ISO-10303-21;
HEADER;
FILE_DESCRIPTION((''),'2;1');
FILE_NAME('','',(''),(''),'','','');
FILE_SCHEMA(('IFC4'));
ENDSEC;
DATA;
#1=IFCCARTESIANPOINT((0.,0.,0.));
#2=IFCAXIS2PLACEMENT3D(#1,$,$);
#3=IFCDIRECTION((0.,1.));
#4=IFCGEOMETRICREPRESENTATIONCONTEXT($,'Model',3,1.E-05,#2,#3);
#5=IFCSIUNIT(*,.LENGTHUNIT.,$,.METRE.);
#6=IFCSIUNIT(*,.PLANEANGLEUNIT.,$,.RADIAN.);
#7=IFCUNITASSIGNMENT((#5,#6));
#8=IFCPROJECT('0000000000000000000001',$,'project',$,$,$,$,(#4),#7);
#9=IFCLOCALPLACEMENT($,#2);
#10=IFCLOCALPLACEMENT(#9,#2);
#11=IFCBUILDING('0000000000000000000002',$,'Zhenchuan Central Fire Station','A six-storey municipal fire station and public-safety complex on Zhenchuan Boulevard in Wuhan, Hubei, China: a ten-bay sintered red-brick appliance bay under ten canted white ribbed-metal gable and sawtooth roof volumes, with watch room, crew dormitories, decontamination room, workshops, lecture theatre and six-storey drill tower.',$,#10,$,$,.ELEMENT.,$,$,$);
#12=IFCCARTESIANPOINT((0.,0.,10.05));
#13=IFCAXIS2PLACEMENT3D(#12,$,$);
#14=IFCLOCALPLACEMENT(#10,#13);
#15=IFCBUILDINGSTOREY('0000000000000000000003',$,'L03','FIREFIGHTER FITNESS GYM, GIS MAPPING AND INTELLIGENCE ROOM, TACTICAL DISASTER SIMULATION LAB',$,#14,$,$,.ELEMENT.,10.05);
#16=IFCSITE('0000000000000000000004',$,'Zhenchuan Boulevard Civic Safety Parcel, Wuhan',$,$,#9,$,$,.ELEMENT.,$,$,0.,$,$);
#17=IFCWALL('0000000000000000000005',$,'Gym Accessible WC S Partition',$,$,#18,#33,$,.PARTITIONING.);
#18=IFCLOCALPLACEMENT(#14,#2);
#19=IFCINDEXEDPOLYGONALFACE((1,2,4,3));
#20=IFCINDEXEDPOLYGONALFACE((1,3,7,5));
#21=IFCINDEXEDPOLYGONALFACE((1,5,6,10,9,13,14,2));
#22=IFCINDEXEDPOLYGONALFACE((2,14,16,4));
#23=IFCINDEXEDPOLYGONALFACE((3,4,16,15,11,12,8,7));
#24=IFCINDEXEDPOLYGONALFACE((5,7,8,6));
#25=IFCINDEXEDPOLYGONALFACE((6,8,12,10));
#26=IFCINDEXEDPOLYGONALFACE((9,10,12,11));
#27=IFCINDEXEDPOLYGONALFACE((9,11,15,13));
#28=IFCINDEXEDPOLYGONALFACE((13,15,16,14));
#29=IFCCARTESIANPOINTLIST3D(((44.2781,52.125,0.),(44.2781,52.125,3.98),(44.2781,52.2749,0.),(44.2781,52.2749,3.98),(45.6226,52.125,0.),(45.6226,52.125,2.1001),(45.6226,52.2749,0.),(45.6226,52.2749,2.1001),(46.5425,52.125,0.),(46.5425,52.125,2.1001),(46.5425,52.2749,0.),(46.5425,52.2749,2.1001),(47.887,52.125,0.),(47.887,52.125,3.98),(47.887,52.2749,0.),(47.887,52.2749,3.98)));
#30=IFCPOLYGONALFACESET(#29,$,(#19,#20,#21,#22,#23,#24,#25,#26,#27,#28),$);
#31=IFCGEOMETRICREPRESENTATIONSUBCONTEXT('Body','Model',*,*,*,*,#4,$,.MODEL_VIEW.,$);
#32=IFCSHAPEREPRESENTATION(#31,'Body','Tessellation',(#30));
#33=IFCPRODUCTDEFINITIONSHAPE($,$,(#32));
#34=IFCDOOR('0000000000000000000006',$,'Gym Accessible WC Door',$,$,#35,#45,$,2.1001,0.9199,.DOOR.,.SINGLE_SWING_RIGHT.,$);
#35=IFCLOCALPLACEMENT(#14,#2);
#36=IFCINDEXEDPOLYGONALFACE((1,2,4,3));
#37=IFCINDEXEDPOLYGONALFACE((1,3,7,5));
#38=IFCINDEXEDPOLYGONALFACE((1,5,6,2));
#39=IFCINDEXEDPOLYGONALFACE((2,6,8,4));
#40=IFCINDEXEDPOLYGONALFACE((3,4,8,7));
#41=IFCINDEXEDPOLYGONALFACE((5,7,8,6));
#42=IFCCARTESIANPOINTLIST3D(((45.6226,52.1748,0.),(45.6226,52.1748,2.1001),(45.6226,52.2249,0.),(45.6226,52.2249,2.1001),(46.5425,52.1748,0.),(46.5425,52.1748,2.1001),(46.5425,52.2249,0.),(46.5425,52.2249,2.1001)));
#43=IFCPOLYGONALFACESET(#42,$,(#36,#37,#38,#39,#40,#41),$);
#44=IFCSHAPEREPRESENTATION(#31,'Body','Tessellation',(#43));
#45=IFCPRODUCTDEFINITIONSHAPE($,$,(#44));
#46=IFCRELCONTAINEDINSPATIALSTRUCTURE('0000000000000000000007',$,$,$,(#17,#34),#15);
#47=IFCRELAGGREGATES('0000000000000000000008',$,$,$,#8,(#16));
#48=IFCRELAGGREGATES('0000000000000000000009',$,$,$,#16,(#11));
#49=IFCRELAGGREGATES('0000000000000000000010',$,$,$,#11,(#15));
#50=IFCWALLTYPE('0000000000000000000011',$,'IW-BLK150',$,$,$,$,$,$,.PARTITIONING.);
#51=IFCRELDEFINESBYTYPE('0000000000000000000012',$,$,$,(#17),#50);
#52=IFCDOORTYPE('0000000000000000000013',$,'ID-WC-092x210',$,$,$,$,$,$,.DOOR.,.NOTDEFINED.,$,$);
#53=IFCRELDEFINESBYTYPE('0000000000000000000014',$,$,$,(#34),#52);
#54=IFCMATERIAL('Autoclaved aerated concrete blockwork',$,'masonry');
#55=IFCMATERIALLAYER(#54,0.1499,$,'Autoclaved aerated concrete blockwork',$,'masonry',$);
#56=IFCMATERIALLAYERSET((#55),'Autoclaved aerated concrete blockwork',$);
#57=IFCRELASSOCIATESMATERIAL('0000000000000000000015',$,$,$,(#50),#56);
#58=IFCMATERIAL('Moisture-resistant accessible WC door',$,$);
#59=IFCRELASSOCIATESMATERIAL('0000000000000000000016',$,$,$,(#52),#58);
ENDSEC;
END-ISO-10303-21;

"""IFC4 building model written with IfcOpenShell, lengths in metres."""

from ifc_helpers import new_model, si_unit, direction, frame, frame_2d, origin, place, context, subcontext, project, spatial, rectangle, extrude, material, layer, layer_set, type_object, element, fill, save


model = new_model("IFC4")

# Units and contexts
model_context = context("Model", 3, precision=1e-05, world=origin(), true_north=direction((0.0, 1.0)))
body_context = subcontext(model_context, "Body", "Model", "MODEL_VIEW")
ifc_project = project(units=[si_unit("LENGTHUNIT", "METRE"), si_unit("PLANEANGLEUNIT", "RADIAN")], contexts=[model_context])

# Site, building, storey
site_placement = place(None, origin())
site = spatial("IfcSite", under=ifc_project, at=site_placement, Name="Zhenchuan Boulevard Civic Safety Parcel, Wuhan", CompositionType="ELEMENT", RefElevation=0.0)
building_placement = place(site_placement, origin())
building = spatial("IfcBuilding", under=site, at=building_placement, Name="Zhenchuan Central Fire Station", Description="A six-storey municipal fire station and public-safety complex on Zhenchuan Boulevard in Wuhan, Hubei, China: a ten-bay sintered red-brick appliance bay under ten canted white ribbed-metal gable and sawtooth roof volumes, with watch room, crew dormitories, decontamination room, workshops, lecture theatre and six-storey drill tower.", CompositionType="ELEMENT")
storey_placement = place(building_placement, frame((0.0, 0.0, 10.05)))
storey = spatial("IfcBuildingStorey", under=building, at=storey_placement, Name="L03", Description="FIREFIGHTER FITNESS GYM, GIS MAPPING AND INTELLIGENCE ROOM, TACTICAL DISASTER SIMULATION LAB", CompositionType="ELEMENT", Elevation=10.05)

# Shared definitions
ifc_material_1 = material(Name="Autoclaved aerated concrete blockwork", Category="masonry")
ifc_layer_1 = layer(ifc_material_1, 0.1499, Name="Autoclaved aerated concrete blockwork", Category="masonry")
ifc_layer_set_1 = layer_set([ifc_layer_1], Name="Autoclaved aerated concrete blockwork")
wall_type = type_object("IfcWallType", Name="IW-BLK150", PredefinedType="PARTITIONING", material=ifc_layer_set_1)

# Wall, opening, door
wall_1_placement = place(storey_placement, frame((44.2781, 52.2, 0.0), z_axis=(0.0, 0.0, 1.0), x_axis=(1.0, 0.0, 0.0)))
wall_1 = element("IfcWall", 1, at=wall_1_placement, inside=storey, type_object=wall_type, Name="Gym Accessible WC S Partition", PredefinedType="PARTITIONING", context=body_context, shape_type="SweptSolid", body=[
    extrude(rectangle(XDim=3.6089, YDim=0.1499, at=frame_2d((1.8044, 0.0))), origin(), (0.0, 0.0, 1.0), 3.98),
])
opening_placement = place(wall_1_placement, frame((1.3445, 0.0, 0.0)))
opening = element("IfcOpeningElement", 2, at=opening_placement, cuts=wall_1, PredefinedType="OPENING", context=body_context, shape_type="SweptSolid", body=[
    extrude(rectangle(XDim=0.9199, YDim=2.1001, at=frame_2d((0.46, 1.05))), frame((0.0, 0.085, 0.0), z_axis=(0.0, -1.0, 0.0), x_axis=(1.0, 0.0, 0.0)), (0.0, 0.0, 1.0), 0.1699),
])
ifc_material_2 = material(Name="Moisture-resistant accessible WC door")
door_type = type_object("IfcDoorType", Name="ID-WC-092x210", OperationType="NOTDEFINED", PredefinedType="DOOR", material=ifc_material_2)
door_placement = place(opening_placement, origin())
door = element("IfcDoor", 3, at=door_placement, inside=storey, type_object=door_type, Name="Gym Accessible WC Door", OperationType="SINGLE_SWING_RIGHT", OverallHeight=2.1001, OverallWidth=0.9199, PredefinedType="DOOR", context=body_context, shape_type="SweptSolid", body=[
    extrude(rectangle(XDim=0.9199, YDim=2.1001, at=frame_2d((0.46, 1.05))), frame((0.0, 0.0249, 0.0), z_axis=(0.0, -1.0, 0.0), x_axis=(1.0, 0.0, 0.0)), (0.0, 0.0, 1.0), 0.05),
])
fill(opening, door)

save(model, "model.ifc")
